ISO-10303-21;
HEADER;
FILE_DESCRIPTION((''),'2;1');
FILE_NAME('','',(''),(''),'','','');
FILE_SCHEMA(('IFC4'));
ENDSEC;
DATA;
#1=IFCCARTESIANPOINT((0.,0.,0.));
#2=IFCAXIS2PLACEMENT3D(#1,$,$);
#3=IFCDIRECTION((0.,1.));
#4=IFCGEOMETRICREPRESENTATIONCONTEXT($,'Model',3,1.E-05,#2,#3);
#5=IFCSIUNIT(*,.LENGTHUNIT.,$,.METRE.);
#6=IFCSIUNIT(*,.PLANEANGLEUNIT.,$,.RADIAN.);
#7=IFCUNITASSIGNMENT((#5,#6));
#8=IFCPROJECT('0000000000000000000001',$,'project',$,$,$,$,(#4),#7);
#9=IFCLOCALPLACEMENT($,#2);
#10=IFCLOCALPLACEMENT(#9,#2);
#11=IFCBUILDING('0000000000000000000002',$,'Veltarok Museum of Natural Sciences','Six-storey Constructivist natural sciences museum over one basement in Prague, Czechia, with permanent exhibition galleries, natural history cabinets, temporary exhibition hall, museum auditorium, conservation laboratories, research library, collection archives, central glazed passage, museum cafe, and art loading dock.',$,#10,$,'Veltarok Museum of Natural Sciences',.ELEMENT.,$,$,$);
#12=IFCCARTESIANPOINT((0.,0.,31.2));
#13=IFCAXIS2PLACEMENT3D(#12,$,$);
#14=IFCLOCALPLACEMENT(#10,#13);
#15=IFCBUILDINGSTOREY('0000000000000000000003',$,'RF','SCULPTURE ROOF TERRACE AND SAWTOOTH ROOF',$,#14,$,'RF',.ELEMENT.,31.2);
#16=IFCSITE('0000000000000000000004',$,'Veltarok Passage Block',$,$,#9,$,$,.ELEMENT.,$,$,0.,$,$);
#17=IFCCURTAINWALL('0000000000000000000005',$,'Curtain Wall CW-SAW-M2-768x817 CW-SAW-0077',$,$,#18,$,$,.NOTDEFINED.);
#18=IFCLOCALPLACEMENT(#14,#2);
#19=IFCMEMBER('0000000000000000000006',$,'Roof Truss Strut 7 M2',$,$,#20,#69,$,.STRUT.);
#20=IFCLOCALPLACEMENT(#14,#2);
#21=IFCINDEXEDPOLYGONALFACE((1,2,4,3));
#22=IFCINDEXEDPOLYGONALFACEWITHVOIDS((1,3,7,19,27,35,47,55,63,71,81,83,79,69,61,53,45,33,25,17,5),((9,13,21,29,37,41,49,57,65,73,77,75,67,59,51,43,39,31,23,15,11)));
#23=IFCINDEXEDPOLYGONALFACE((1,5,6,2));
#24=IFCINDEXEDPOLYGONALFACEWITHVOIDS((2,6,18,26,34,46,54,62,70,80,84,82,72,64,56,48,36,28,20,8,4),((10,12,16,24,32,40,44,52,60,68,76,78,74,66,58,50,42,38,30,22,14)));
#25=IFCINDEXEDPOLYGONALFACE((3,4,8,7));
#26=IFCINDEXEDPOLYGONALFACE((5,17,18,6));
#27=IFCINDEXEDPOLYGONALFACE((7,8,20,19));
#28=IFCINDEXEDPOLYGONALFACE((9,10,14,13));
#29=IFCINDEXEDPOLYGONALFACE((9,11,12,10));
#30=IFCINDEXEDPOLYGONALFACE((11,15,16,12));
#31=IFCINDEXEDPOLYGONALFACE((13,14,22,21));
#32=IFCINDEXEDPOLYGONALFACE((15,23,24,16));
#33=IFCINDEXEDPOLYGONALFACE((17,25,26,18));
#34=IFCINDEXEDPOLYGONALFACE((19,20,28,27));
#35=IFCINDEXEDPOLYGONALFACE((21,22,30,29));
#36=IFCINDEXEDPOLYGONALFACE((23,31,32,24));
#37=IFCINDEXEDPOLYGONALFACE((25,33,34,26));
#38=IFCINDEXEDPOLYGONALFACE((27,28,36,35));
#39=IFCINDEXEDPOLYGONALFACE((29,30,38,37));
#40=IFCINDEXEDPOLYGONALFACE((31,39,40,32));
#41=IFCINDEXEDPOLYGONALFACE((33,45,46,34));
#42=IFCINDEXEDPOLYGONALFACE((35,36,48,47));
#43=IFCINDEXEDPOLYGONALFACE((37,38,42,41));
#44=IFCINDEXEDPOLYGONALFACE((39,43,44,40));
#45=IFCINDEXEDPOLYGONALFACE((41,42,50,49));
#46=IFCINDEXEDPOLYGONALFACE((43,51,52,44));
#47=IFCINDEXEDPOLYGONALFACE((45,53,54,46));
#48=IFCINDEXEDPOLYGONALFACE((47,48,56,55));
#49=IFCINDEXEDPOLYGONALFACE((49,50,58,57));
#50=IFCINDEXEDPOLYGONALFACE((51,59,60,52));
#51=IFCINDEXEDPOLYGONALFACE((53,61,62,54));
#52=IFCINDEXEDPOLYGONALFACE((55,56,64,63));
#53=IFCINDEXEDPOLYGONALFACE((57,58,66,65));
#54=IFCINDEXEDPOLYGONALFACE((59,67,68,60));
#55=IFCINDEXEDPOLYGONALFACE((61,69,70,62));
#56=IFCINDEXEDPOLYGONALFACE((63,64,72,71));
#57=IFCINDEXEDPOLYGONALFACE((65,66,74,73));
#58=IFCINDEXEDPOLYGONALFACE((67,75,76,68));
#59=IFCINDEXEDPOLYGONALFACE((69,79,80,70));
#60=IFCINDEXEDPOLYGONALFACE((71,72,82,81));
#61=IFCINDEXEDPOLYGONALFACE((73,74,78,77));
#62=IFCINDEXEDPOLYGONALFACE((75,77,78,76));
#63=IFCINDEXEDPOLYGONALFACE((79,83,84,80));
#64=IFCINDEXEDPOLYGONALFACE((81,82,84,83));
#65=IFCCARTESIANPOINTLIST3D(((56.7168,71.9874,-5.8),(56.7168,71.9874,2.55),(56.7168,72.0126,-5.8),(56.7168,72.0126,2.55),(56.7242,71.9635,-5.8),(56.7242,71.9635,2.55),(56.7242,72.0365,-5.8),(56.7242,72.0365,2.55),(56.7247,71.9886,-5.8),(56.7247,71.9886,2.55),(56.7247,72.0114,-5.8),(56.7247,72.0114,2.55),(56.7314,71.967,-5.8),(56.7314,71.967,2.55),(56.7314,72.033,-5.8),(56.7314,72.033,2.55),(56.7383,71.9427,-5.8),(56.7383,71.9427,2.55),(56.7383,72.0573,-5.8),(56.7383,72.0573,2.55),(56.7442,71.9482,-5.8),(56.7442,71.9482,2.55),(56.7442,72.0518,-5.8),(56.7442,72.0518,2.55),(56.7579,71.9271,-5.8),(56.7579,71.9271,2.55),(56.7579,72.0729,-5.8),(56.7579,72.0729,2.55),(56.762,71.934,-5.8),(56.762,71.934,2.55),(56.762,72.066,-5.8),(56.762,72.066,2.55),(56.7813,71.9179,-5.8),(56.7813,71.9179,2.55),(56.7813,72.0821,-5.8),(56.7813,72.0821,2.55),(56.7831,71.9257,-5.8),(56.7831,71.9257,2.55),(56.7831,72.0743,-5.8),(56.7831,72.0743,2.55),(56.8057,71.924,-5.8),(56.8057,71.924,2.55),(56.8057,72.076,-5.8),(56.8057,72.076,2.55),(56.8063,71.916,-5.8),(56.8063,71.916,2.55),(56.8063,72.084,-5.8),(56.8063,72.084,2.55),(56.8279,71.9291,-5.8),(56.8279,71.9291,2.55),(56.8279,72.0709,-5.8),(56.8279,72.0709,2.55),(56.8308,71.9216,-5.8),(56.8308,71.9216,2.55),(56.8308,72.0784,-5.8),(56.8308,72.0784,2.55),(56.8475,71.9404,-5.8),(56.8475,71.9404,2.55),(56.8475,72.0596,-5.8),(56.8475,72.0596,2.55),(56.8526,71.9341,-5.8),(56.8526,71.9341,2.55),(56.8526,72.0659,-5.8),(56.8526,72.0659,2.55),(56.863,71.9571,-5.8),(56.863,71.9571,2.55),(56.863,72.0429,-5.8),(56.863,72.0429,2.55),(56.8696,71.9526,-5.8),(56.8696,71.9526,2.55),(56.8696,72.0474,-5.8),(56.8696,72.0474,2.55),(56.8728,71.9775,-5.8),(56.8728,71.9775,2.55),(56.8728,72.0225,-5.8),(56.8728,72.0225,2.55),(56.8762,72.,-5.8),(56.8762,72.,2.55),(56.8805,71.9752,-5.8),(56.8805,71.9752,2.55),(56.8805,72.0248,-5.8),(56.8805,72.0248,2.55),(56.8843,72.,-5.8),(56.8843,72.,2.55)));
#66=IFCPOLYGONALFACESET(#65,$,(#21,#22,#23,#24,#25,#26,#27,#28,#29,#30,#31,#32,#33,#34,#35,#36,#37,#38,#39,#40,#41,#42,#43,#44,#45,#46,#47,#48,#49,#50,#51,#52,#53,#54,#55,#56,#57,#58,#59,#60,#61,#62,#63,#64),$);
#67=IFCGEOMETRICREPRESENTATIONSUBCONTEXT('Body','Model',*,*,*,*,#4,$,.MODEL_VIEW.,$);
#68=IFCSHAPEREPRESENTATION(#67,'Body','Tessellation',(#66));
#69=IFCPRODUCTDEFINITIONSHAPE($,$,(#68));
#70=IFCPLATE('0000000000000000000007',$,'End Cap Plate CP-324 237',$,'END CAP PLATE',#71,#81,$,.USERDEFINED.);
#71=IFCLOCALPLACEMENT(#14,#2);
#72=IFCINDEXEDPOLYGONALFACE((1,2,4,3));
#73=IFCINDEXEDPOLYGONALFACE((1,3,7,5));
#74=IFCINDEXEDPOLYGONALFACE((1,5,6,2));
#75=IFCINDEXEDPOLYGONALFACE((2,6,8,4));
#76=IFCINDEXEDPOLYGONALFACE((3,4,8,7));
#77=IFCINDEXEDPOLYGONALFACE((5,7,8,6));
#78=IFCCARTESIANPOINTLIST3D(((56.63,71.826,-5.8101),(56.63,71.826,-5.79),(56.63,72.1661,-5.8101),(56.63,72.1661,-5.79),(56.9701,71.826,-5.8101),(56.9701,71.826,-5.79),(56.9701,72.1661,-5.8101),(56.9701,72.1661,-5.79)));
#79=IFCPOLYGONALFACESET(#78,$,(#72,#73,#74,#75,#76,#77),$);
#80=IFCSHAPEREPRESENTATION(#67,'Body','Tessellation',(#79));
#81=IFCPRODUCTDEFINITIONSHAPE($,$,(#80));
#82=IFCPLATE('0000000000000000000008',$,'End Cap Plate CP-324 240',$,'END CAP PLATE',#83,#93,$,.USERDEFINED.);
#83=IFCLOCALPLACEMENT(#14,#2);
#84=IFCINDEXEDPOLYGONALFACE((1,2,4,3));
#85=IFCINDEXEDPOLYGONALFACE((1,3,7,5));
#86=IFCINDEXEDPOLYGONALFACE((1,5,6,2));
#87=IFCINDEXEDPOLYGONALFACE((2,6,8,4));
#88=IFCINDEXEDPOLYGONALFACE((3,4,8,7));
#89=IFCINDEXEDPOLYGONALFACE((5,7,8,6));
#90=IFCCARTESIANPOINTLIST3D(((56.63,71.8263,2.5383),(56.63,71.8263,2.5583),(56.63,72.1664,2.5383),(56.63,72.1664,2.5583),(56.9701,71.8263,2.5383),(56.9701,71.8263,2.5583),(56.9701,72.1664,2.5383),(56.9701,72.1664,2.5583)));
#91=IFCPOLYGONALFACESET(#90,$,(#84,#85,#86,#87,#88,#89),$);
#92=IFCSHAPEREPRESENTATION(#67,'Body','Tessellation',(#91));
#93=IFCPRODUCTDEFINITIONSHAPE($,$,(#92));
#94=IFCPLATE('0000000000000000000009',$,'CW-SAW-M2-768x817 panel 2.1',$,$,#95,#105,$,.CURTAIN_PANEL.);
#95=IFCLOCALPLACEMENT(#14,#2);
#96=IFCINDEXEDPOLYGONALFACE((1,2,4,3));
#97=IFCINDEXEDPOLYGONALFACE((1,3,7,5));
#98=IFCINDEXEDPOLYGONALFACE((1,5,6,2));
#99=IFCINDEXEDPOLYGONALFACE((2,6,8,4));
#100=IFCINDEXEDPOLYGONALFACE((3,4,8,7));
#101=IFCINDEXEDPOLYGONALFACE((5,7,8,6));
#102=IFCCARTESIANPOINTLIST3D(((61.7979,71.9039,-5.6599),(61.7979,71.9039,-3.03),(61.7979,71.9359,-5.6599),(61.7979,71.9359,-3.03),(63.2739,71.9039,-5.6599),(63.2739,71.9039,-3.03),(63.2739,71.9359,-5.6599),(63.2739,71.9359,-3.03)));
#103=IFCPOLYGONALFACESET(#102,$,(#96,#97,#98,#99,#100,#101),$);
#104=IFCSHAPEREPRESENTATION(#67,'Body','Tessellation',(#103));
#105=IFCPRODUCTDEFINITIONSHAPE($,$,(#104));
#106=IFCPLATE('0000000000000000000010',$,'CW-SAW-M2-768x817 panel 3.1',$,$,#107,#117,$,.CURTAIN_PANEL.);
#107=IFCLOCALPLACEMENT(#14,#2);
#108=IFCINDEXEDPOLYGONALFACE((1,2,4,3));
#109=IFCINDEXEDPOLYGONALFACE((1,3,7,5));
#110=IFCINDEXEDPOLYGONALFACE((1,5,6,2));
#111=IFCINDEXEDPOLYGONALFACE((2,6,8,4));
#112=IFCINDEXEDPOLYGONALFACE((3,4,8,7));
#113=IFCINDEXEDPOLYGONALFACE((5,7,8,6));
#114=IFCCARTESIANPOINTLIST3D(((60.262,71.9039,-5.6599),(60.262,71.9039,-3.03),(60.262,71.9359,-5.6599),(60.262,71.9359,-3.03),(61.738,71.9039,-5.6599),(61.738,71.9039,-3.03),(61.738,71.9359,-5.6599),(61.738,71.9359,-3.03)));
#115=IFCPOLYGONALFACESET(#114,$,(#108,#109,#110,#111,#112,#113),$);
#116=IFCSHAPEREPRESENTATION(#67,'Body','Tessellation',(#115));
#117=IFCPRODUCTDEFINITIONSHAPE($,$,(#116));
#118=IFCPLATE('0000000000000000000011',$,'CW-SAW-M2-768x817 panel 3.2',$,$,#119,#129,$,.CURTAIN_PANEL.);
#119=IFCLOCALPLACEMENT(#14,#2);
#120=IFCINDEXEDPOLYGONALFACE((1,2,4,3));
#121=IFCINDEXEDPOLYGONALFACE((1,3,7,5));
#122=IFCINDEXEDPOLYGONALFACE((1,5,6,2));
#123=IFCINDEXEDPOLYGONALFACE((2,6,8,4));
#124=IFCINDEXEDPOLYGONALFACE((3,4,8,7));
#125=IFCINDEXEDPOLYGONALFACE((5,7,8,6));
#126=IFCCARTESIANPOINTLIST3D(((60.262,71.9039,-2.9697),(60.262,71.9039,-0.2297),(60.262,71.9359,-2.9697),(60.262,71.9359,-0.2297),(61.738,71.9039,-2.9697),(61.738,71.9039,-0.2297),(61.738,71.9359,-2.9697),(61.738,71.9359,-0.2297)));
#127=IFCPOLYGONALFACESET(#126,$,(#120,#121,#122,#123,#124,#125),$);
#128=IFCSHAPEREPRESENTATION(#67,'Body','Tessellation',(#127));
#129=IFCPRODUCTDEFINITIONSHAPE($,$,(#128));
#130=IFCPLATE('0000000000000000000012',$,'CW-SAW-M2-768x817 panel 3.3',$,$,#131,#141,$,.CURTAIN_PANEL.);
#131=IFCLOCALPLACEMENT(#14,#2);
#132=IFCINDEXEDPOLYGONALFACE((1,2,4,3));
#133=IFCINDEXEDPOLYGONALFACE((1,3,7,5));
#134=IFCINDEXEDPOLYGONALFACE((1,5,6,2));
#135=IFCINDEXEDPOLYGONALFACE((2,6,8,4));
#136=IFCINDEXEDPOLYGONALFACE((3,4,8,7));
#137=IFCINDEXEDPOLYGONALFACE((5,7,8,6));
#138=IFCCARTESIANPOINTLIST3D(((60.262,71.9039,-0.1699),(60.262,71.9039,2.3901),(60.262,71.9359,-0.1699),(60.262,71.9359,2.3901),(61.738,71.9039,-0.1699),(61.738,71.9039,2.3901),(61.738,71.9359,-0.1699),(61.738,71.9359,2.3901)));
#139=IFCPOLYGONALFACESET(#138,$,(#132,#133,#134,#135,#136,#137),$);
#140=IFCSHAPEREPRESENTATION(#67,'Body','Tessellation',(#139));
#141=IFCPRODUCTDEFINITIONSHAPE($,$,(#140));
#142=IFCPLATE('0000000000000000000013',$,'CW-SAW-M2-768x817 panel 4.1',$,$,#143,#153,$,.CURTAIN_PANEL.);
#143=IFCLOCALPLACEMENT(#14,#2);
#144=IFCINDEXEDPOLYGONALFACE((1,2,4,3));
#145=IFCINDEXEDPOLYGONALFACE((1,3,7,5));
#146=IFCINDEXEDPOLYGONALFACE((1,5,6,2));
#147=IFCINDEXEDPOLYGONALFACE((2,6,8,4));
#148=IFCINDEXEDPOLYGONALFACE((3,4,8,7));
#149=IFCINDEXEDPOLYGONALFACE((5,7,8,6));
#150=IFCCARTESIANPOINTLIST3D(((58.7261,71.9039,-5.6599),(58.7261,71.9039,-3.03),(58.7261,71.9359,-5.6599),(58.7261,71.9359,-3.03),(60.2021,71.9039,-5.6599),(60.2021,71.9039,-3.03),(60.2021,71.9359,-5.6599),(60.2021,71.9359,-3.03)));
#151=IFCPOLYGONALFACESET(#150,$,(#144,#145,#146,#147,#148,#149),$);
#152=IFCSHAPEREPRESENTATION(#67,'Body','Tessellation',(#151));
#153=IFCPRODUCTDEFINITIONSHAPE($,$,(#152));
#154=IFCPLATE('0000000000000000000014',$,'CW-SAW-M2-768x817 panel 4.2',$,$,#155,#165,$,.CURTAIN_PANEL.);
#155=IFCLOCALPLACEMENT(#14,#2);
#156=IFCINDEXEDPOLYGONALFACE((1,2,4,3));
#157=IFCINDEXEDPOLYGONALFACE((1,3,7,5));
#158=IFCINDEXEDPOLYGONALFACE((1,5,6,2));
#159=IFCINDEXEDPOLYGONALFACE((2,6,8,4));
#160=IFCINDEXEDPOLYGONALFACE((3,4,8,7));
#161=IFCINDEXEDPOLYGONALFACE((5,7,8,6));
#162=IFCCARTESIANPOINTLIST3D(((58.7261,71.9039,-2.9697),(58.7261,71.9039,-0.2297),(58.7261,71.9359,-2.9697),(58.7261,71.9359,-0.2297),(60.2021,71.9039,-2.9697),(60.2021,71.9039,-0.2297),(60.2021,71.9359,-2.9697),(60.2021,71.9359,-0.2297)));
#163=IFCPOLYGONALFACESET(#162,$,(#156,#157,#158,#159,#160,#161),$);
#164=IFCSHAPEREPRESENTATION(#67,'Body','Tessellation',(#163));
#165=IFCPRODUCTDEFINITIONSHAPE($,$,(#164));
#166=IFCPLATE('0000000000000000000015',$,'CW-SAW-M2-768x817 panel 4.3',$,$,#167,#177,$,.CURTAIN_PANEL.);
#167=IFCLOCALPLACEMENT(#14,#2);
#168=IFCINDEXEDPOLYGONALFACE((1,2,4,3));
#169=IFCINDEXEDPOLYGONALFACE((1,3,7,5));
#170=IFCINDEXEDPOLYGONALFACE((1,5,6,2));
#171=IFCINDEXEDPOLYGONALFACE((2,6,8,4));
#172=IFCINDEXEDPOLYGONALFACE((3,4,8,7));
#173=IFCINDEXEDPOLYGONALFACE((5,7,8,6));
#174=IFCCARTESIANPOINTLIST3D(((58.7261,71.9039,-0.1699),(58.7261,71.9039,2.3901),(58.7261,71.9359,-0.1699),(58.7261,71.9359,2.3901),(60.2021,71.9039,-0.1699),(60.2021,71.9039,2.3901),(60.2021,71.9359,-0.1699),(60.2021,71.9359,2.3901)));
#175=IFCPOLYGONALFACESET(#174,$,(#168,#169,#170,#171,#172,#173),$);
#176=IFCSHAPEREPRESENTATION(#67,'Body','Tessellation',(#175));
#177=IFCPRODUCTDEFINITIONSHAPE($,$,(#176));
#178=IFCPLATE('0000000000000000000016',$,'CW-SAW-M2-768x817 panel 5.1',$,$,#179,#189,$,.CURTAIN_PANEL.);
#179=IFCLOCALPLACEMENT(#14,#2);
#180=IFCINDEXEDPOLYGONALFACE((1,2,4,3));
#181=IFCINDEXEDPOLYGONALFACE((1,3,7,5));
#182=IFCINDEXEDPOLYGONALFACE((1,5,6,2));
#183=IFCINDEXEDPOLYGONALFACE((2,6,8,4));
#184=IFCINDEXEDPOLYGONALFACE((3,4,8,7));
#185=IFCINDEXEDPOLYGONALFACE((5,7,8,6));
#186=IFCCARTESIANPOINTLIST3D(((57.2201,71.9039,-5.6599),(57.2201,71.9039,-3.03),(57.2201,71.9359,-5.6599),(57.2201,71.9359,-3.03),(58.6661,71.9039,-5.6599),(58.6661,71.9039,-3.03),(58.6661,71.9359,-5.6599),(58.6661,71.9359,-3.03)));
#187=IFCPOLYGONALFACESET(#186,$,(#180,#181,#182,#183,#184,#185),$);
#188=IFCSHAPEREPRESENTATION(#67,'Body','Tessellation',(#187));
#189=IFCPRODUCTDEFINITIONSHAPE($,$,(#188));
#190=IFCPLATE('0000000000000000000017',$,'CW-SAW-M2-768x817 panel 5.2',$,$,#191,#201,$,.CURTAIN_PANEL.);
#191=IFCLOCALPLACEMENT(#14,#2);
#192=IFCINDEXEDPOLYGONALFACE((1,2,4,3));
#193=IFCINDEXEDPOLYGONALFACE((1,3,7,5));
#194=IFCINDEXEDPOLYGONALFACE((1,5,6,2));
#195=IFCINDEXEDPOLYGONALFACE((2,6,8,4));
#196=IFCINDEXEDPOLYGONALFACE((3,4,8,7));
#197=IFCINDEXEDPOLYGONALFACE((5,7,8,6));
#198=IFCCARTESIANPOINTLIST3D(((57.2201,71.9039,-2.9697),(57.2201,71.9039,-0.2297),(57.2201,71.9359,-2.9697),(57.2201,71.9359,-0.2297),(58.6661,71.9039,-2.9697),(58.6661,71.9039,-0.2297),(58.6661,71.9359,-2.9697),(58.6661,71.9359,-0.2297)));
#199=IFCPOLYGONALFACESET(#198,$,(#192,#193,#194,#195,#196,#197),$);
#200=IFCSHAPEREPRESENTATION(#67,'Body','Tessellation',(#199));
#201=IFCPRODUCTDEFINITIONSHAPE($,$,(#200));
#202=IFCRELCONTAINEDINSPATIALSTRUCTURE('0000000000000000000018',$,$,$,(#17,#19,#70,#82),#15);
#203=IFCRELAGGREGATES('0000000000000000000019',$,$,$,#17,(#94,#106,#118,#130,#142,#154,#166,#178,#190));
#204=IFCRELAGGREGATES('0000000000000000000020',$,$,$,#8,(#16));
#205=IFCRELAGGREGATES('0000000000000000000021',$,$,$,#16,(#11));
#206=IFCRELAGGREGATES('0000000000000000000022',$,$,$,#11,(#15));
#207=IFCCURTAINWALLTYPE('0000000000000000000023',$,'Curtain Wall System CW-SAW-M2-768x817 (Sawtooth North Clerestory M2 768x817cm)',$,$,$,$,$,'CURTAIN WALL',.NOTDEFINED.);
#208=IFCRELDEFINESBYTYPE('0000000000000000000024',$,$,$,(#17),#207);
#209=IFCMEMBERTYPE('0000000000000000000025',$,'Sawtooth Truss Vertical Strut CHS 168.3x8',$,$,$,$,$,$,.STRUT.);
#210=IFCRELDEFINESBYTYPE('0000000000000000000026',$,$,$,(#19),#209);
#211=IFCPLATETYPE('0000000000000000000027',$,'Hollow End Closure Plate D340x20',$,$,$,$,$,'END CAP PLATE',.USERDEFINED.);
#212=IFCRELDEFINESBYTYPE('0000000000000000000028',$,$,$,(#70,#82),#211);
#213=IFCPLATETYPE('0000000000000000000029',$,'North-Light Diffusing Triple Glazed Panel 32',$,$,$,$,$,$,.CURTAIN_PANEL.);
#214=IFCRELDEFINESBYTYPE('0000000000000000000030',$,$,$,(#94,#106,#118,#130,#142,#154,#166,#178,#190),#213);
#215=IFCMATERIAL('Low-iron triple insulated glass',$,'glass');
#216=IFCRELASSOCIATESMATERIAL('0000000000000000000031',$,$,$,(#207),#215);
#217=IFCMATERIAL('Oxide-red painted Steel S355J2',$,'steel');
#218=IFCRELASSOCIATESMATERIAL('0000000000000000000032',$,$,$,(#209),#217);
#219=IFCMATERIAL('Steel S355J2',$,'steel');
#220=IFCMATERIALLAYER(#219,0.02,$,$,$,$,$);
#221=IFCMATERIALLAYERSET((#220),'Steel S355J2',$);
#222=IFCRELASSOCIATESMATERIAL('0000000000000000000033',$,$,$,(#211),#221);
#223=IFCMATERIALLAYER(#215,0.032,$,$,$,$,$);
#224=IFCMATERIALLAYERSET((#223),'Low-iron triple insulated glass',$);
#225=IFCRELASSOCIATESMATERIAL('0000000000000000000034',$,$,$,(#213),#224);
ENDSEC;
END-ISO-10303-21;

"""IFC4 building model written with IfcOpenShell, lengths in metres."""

from ifc_helpers import new_model, si_unit, direction, frame, origin, origin_2d, place, context, subcontext, project, spatial, rectangle, hollow_circle, extrude, material, layer, layer_set, material_profile, profile_set, type_object, element, aggregate, save


model = new_model("IFC4")

# Units and contexts
model_context = context("Model", 3, precision=1e-05, world=origin(), true_north=direction((0.0, 1.0)))
body_context = subcontext(model_context, "Body", "Model", "MODEL_VIEW")
ifc_project = project(units=[si_unit("LENGTHUNIT", "METRE"), si_unit("PLANEANGLEUNIT", "RADIAN")], contexts=[model_context])

# Site, building, storey
site_placement = place(None, origin())
site = spatial("IfcSite", under=ifc_project, at=site_placement, Name="Veltarok Passage Block", CompositionType="ELEMENT", RefElevation=0.0)
building_placement = place(site_placement, origin())
building = spatial("IfcBuilding", under=site, at=building_placement, Name="Veltarok Museum of Natural Sciences", Description="Six-storey Constructivist natural sciences museum over one basement in Prague, Czechia, with permanent exhibition galleries, natural history cabinets, temporary exhibition hall, museum auditorium, conservation laboratories, research library, collection archives, central glazed passage, museum cafe, and art loading dock.", LongName="Veltarok Museum of Natural Sciences", CompositionType="ELEMENT")
storey_placement = place(building_placement, frame((0.0, 0.0, 31.2)))
storey = spatial("IfcBuildingStorey", under=building, at=storey_placement, Name="RF", Description="SCULPTURE ROOF TERRACE AND SAWTOOTH ROOF", LongName="RF", CompositionType="ELEMENT", Elevation=31.2)

# Shared definitions
ifc_material_1 = material(Name="Steel S355J2", Category="steel")

# Shared definitions
ifc_material_2 = material(Name="Low-iron triple insulated glass", Category="glass")
curtain_wall_type = type_object("IfcCurtainWallType", Name="Curtain Wall System CW-SAW-M2-768x817 (Sawtooth North Clerestory M2 768x817cm)", ElementType="CURTAIN WALL", PredefinedType="NOTDEFINED", material=ifc_material_2)

# Curtain wall
curtain_wall_1_placement = place(storey_placement, origin())
curtain_wall_1 = element("IfcCurtainWall", 1, at=curtain_wall_1_placement, inside=storey, type_object=curtain_wall_type, Name="Curtain Wall CW-SAW-M2-768x817 CW-SAW-0077", PredefinedType="NOTDEFINED")

# Member
ifc_material_3 = material(Name="Oxide-red painted Steel S355J2", Category="steel")
ifc_material_profile_1 = material_profile(ifc_material_3, hollow_circle(Radius=0.0842, WallThickness=0.0081, at=origin_2d()), Name="CHS 168.3x8")
ifc_profile_set_1 = profile_set([ifc_material_profile_1], Name="Oxide-red painted Steel S355J2")
member_type_1 = type_object("IfcMemberType", Name="Sawtooth Truss Vertical Strut CHS 168.3x8", PredefinedType="STRUT", material=ifc_profile_set_1)
member_1_placement = place(storey_placement, frame((56.8, 72.0, -5.8), z_axis=(0.0, 0.0, 1.0), x_axis=(1.0, 0.0, 0.0)))
element("IfcMember", 2, at=member_1_placement, inside=storey, type_object=member_type_1, Name="Roof Truss Strut 7 M2", PredefinedType="STRUT", context=body_context, shape_type="SweptSolid", body=[
    extrude(hollow_circle(Radius=0.0842, WallThickness=0.0081, at=origin_2d()), origin(), (0.0, 0.0, 1.0), 8.3501),
])

# Plates
ifc_layer_1 = layer(ifc_material_1, 0.02)
ifc_layer_set_1 = layer_set([ifc_layer_1], Name="Steel S355J2")
plate_type_1 = type_object("IfcPlateType", Name="Hollow End Closure Plate D340x20", ElementType="END CAP PLATE", PredefinedType="USERDEFINED", material=ifc_layer_set_1)
for number, where, z_axis, x_axis, name in (
    (3, (56.8, 71.9961, -5.8101), (0.0, 0.0, 1.0), (0.0, 1.0, 0.0), "End Cap Plate CP-324 237"),
    (4, (56.8, 71.9963, 2.5383), (0.0, 0.0, 1.0), (0.0, 1.0, 0.0), "End Cap Plate CP-324 240"),
):
    element("IfcPlate", number, at=place(storey_placement, frame(where, z_axis=z_axis, x_axis=x_axis)), inside=storey, type_object=plate_type_1, Name=name, ObjectType="END CAP PLATE", PredefinedType="USERDEFINED", context=body_context, shape_type="SweptSolid", body=[
        extrude(rectangle(XDim=0.3401, YDim=0.3401, at=origin_2d()), origin(), (0.0, 0.0, 1.0), 0.02),
    ])

# Plates
ifc_layer_2 = layer(ifc_material_2, 0.032)
ifc_layer_set_2 = layer_set([ifc_layer_2], Name="Low-iron triple insulated glass")
plate_type_2 = type_object("IfcPlateType", Name="North-Light Diffusing Triple Glazed Panel 32", PredefinedType="CURTAIN_PANEL", material=ifc_layer_set_2)
plate_1_placement = place(storey_placement, frame((62.5359, 71.9199, -5.6599), z_axis=(0.0, 0.0, 1.0), x_axis=(-1.0, 0.0, 0.0)))
plate_1 = element("IfcPlate", 5, at=plate_1_placement, type_object=plate_type_2, Name="CW-SAW-M2-768x817 panel 2.1", PredefinedType="CURTAIN_PANEL", context=body_context, shape_type="SweptSolid", body=[
    extrude(rectangle(XDim=1.4761, YDim=0.032, at=origin_2d()), origin(), (0.0, 0.0, 1.0), 2.6299),
])
plate_2_placement = place(storey_placement, frame((61.0, 71.9199, -5.6599), z_axis=(0.0, 0.0, 1.0), x_axis=(-1.0, 0.0, 0.0)))
plate_2 = element("IfcPlate", 6, at=plate_2_placement, type_object=plate_type_2, Name="CW-SAW-M2-768x817 panel 3.1", PredefinedType="CURTAIN_PANEL", context=body_context, shape_type="SweptSolid", body=[
    extrude(rectangle(XDim=1.4761, YDim=0.032, at=origin_2d()), origin(), (0.0, 0.0, 1.0), 2.6299),
])
plate_3_placement = place(storey_placement, frame((61.0, 71.9199, -2.9697), z_axis=(0.0, 0.0, 1.0), x_axis=(-1.0, 0.0, 0.0)))
plate_3 = element("IfcPlate", 7, at=plate_3_placement, type_object=plate_type_2, Name="CW-SAW-M2-768x817 panel 3.2", PredefinedType="CURTAIN_PANEL", context=body_context, shape_type="SweptSolid", body=[
    extrude(rectangle(XDim=1.4761, YDim=0.032, at=origin_2d()), origin(), (0.0, 0.0, 1.0), 2.74),
])
plate_4_placement = place(storey_placement, frame((61.0, 71.9199, -0.1699), z_axis=(0.0, 0.0, 1.0), x_axis=(-1.0, 0.0, 0.0)))
plate_4 = element("IfcPlate", 8, at=plate_4_placement, type_object=plate_type_2, Name="CW-SAW-M2-768x817 panel 3.3", PredefinedType="CURTAIN_PANEL", context=body_context, shape_type="SweptSolid", body=[
    extrude(rectangle(XDim=1.4761, YDim=0.032, at=origin_2d()), origin(), (0.0, 0.0, 1.0), 2.5601),
])
plate_5_placement = place(storey_placement, frame((59.4641, 71.9199, -5.6599), z_axis=(0.0, 0.0, 1.0), x_axis=(-1.0, 0.0, 0.0)))
plate_5 = element("IfcPlate", 9, at=plate_5_placement, type_object=plate_type_2, Name="CW-SAW-M2-768x817 panel 4.1", PredefinedType="CURTAIN_PANEL", context=body_context, shape_type="SweptSolid", body=[
    extrude(rectangle(XDim=1.4761, YDim=0.032, at=origin_2d()), origin(), (0.0, 0.0, 1.0), 2.6299),
])
plate_6_placement = place(storey_placement, frame((59.4641, 71.9199, -2.9697), z_axis=(0.0, 0.0, 1.0), x_axis=(-1.0, 0.0, 0.0)))
plate_6 = element("IfcPlate", 10, at=plate_6_placement, type_object=plate_type_2, Name="CW-SAW-M2-768x817 panel 4.2", PredefinedType="CURTAIN_PANEL", context=body_context, shape_type="SweptSolid", body=[
    extrude(rectangle(XDim=1.4761, YDim=0.032, at=origin_2d()), origin(), (0.0, 0.0, 1.0), 2.74),
])
plate_7_placement = place(storey_placement, frame((59.4641, 71.9199, -0.1699), z_axis=(0.0, 0.0, 1.0), x_axis=(-1.0, 0.0, 0.0)))
plate_7 = element("IfcPlate", 11, at=plate_7_placement, type_object=plate_type_2, Name="CW-SAW-M2-768x817 panel 4.3", PredefinedType="CURTAIN_PANEL", context=body_context, shape_type="SweptSolid", body=[
    extrude(rectangle(XDim=1.4761, YDim=0.032, at=origin_2d()), origin(), (0.0, 0.0, 1.0), 2.5601),
])
plate_8_placement = place(storey_placement, frame((57.9431, 71.9199, -5.6599), z_axis=(0.0, 0.0, 1.0), x_axis=(-1.0, 0.0, 0.0)))
plate_8 = element("IfcPlate", 12, at=plate_8_placement, type_object=plate_type_2, Name="CW-SAW-M2-768x817 panel 5.1", PredefinedType="CURTAIN_PANEL", context=body_context, shape_type="SweptSolid", body=[
    extrude(rectangle(XDim=1.446, YDim=0.032, at=origin_2d()), origin(), (0.0, 0.0, 1.0), 2.6299),
])
plate_9_placement = place(storey_placement, frame((57.9431, 71.9199, -2.9697), z_axis=(0.0, 0.0, 1.0), x_axis=(-1.0, 0.0, 0.0)))
plate_9 = element("IfcPlate", 13, at=plate_9_placement, type_object=plate_type_2, Name="CW-SAW-M2-768x817 panel 5.2", PredefinedType="CURTAIN_PANEL", context=body_context, shape_type="SweptSolid", body=[
    extrude(rectangle(XDim=1.446, YDim=0.032, at=origin_2d()), origin(), (0.0, 0.0, 1.0), 2.74),
])
aggregate(curtain_wall_1, [plate_1, plate_2, plate_3, plate_4, plate_5, plate_6, plate_7, plate_8, plate_9])

save(model, "model.ifc")
